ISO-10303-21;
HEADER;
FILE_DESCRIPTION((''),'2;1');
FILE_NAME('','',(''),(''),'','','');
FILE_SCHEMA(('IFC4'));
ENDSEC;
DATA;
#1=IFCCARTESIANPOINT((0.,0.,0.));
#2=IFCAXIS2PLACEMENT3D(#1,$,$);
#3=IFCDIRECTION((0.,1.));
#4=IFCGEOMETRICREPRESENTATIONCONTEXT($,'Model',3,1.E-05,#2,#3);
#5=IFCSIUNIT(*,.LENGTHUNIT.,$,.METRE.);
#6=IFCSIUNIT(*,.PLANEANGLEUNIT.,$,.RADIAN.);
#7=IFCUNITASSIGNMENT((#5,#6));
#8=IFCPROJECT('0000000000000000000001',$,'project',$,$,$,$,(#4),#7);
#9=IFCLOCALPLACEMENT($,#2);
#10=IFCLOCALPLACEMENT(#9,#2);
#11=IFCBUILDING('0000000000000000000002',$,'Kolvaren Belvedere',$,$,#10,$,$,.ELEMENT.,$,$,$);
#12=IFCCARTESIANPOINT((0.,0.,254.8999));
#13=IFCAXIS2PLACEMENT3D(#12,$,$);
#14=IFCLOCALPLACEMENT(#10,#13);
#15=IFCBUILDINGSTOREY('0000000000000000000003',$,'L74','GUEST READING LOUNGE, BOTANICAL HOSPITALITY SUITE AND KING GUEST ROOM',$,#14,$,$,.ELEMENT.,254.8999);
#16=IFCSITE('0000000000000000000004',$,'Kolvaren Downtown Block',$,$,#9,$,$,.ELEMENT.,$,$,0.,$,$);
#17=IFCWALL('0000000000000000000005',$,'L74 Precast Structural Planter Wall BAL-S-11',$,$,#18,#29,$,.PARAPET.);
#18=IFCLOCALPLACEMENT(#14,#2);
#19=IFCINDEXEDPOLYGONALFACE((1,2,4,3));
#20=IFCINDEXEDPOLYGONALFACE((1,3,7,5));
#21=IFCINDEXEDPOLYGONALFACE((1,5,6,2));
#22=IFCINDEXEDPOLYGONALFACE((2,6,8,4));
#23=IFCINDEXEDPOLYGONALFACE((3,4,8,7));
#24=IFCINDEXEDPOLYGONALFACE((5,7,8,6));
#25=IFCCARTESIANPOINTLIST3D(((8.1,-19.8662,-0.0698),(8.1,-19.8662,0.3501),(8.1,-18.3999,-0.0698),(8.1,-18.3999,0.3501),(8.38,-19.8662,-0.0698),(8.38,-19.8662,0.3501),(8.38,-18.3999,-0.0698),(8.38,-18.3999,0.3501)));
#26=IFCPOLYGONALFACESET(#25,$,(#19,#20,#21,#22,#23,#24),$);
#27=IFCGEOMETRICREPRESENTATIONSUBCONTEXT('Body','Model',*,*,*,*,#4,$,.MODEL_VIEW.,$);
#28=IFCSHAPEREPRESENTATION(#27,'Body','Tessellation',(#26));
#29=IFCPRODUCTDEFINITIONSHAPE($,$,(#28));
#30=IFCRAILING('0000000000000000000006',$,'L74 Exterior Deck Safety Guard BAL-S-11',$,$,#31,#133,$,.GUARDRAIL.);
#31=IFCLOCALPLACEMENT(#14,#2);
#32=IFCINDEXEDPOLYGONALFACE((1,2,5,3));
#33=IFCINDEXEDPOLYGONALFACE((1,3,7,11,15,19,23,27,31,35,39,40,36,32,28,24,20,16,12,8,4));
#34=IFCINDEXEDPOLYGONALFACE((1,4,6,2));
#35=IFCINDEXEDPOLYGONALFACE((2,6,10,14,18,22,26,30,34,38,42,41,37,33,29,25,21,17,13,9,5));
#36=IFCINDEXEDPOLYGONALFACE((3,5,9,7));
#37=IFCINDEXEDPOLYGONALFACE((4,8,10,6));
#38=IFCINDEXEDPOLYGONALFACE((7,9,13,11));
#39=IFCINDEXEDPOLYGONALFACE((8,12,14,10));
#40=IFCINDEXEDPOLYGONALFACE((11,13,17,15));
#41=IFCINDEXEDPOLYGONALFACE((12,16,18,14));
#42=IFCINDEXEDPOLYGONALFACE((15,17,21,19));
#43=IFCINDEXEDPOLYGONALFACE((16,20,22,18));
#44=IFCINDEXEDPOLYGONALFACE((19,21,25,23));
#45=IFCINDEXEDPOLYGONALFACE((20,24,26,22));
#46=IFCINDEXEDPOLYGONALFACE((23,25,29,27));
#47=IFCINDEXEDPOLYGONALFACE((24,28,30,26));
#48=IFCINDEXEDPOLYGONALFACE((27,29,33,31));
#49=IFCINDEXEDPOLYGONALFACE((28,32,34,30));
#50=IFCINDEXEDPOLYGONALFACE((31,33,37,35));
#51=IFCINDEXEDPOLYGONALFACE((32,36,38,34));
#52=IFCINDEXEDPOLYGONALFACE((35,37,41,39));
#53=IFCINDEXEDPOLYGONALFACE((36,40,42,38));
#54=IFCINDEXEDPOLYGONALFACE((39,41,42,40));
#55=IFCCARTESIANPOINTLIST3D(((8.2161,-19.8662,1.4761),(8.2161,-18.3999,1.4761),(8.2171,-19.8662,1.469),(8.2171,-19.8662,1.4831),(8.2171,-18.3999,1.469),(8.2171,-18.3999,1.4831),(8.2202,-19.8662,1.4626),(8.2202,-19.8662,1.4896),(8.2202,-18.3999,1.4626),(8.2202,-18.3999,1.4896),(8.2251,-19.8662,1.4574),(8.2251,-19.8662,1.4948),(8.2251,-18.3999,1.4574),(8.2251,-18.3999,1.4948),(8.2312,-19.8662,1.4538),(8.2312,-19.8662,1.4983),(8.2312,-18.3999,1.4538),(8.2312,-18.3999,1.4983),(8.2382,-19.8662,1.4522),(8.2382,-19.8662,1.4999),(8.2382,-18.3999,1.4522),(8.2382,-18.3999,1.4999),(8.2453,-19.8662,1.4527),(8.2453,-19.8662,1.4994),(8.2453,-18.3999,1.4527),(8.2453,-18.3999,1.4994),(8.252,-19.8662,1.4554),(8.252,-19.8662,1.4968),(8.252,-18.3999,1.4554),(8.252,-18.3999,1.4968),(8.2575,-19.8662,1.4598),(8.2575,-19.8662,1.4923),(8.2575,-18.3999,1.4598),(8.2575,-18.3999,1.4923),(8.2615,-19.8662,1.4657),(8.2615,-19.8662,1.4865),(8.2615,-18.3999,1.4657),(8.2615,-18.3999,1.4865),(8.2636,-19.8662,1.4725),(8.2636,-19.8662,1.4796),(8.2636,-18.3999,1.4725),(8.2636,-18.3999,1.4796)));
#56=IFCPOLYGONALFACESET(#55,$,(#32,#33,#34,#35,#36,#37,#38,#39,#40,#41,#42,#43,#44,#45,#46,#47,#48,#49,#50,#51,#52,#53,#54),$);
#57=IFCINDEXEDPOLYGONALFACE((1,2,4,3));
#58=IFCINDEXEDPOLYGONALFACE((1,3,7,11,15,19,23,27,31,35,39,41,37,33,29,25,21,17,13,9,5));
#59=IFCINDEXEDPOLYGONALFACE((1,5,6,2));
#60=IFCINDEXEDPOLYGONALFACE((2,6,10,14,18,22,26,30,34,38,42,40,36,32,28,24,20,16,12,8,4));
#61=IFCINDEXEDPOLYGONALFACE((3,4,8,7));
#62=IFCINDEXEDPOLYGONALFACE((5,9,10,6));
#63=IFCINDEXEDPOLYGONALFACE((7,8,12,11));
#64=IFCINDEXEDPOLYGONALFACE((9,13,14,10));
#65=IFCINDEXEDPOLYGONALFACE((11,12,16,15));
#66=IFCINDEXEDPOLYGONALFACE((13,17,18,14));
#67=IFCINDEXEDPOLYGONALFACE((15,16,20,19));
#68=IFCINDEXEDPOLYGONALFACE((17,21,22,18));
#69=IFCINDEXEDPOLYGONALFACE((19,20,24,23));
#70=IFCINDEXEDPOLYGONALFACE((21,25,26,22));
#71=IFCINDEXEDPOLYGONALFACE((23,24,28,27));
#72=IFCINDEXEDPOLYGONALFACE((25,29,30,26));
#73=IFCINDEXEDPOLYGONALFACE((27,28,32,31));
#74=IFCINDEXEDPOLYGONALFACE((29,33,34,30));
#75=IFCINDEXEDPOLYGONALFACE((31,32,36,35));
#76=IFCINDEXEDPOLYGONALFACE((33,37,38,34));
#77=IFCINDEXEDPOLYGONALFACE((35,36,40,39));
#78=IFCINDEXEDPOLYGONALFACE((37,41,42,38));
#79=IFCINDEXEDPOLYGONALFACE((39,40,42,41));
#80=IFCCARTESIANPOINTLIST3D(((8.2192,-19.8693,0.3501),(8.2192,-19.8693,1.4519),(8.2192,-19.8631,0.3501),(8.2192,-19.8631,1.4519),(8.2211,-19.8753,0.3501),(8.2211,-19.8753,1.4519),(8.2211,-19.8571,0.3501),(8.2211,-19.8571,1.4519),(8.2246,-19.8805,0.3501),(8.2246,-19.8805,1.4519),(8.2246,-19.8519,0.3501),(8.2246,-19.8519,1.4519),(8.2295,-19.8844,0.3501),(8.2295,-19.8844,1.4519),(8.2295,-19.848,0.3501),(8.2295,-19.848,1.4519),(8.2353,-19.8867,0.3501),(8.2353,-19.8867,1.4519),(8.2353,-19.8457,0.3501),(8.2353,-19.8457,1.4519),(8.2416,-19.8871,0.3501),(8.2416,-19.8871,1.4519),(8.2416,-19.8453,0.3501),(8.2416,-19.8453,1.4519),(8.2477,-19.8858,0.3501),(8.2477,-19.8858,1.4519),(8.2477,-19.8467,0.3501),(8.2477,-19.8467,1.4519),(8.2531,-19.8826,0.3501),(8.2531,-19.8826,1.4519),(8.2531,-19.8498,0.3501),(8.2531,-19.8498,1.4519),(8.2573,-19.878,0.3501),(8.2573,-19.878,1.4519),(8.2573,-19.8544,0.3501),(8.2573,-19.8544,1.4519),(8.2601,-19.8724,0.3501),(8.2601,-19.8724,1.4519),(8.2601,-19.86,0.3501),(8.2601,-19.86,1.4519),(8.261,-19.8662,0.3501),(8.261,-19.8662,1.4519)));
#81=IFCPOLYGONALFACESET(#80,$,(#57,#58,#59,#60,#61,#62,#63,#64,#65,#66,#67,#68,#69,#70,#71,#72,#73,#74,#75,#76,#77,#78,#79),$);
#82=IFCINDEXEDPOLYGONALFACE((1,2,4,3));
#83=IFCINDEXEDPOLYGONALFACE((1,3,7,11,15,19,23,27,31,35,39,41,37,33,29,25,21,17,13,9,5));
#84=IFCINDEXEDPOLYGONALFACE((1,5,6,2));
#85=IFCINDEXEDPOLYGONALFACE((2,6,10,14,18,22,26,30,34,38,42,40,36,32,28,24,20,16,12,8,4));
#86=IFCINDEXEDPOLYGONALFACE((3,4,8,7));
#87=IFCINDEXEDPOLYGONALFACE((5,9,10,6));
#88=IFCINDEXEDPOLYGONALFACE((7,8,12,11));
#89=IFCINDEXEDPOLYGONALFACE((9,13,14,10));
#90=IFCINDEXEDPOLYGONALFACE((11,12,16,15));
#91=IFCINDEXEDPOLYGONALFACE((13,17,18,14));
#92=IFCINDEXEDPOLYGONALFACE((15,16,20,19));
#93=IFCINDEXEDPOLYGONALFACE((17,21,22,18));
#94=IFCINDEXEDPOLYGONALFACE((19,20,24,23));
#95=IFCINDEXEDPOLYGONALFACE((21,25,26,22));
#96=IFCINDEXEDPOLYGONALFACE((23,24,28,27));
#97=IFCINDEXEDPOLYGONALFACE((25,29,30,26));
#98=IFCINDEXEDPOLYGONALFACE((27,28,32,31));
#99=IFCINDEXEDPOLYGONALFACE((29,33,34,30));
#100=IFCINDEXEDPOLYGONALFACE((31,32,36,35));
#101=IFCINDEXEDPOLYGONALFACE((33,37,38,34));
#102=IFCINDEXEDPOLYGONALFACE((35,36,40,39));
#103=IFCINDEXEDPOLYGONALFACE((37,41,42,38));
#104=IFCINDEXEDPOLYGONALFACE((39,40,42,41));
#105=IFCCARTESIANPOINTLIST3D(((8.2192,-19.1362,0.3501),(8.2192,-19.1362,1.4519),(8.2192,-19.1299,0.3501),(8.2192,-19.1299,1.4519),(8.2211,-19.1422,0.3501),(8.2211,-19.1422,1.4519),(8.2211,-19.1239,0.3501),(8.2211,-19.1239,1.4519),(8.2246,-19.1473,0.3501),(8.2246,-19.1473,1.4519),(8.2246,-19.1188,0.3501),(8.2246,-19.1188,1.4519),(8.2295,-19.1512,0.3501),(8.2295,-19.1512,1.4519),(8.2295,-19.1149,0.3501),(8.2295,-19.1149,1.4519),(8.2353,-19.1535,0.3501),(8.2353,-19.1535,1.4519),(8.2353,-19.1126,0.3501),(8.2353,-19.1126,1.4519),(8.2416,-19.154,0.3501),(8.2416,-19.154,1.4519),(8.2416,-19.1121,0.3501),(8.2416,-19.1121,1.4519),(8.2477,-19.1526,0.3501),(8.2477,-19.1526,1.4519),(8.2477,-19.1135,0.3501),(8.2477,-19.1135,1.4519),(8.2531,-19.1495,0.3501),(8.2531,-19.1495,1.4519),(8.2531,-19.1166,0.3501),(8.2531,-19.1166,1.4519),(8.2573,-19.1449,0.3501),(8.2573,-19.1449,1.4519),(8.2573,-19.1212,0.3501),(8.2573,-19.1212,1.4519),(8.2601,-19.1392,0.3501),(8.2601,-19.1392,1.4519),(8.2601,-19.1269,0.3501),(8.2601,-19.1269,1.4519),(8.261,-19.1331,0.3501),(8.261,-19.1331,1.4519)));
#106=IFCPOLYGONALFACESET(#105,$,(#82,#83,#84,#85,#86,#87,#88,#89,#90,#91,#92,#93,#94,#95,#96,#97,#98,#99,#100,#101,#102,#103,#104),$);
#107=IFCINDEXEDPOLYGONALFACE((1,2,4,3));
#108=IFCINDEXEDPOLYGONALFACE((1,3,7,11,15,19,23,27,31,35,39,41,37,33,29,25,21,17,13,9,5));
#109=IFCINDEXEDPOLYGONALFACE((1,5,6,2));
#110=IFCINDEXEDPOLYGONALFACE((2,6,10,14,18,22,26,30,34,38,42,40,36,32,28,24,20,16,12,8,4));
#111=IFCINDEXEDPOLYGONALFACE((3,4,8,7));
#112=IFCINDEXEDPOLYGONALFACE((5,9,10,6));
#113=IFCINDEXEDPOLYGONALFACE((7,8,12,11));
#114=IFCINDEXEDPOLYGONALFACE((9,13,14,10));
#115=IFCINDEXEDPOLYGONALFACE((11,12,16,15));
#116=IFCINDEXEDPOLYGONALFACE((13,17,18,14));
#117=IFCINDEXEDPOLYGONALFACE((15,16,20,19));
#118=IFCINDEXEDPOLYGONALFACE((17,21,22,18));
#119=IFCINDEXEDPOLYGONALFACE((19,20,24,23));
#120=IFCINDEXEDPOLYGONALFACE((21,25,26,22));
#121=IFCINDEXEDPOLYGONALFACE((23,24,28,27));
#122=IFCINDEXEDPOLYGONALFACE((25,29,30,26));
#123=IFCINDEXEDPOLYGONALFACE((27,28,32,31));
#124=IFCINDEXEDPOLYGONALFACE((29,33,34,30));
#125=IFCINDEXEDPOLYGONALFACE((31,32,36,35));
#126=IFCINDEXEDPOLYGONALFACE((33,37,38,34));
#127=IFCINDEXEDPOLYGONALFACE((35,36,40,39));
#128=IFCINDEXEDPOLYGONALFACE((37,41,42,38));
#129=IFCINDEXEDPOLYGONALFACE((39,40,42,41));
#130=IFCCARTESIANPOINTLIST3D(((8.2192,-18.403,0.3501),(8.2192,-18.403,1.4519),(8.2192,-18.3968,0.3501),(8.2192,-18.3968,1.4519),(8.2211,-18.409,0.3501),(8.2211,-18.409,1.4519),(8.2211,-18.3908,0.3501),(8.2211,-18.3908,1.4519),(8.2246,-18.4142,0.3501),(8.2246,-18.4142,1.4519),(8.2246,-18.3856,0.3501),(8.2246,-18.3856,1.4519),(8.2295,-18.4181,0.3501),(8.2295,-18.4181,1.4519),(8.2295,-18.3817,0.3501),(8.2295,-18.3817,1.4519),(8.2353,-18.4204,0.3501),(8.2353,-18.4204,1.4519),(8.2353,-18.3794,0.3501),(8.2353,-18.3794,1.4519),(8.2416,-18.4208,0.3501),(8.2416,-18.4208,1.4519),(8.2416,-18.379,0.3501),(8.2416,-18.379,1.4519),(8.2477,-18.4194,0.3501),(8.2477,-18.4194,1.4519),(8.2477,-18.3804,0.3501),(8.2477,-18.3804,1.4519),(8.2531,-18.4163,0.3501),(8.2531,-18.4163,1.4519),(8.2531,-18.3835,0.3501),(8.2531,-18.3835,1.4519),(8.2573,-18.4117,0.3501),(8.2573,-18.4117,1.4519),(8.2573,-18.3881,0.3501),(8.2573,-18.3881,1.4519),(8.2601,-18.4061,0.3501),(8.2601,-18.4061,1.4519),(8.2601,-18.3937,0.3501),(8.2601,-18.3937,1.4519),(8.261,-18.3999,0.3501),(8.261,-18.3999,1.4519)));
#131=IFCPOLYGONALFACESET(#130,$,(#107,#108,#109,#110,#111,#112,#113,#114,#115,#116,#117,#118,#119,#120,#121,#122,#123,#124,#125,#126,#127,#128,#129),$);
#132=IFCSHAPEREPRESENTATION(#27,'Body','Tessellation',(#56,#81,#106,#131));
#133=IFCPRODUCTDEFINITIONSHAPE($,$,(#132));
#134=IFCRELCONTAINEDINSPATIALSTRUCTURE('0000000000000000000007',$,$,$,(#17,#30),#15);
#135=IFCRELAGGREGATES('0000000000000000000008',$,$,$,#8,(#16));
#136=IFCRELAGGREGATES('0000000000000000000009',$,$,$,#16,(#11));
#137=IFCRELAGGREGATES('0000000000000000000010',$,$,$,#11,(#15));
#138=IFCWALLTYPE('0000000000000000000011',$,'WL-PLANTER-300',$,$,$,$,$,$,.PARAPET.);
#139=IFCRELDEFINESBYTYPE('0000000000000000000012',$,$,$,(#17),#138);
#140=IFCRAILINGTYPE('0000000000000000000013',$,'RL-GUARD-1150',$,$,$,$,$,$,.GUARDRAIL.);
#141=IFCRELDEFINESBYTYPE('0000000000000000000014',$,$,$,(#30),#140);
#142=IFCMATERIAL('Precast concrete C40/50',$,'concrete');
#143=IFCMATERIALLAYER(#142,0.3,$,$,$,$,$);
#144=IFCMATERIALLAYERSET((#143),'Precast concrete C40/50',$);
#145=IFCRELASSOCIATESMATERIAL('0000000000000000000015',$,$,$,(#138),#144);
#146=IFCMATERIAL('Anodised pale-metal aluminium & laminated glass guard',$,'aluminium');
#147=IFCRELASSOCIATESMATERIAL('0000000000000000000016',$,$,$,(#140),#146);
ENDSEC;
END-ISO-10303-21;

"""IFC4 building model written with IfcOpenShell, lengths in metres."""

from ifc_helpers import new_model, si_unit, direction, frame, frame_2d, origin, origin_2d, place, context, subcontext, project, spatial, rectangle, circle, extrude, material, layer, layer_set, type_object, element, save


model = new_model("IFC4")

# Units and contexts
model_context = context("Model", 3, precision=1e-05, world=origin(), true_north=direction((0.0, 1.0)))
body_context = subcontext(model_context, "Body", "Model", "MODEL_VIEW")
ifc_project = project(units=[si_unit("LENGTHUNIT", "METRE"), si_unit("PLANEANGLEUNIT", "RADIAN")], contexts=[model_context])

# Site, building, storey
site_placement = place(None, origin())
site = spatial("IfcSite", under=ifc_project, at=site_placement, Name="Kolvaren Downtown Block", CompositionType="ELEMENT", RefElevation=0.0)
building_placement = place(site_placement, origin())
building = spatial("IfcBuilding", under=site, at=building_placement, Name="Kolvaren Belvedere", CompositionType="ELEMENT")
storey_placement = place(building_placement, frame((0.0, 0.0, 254.8999)))
storey = spatial("IfcBuildingStorey", under=building, at=storey_placement, Name="L74", Description="GUEST READING LOUNGE, BOTANICAL HOSPITALITY SUITE AND KING GUEST ROOM", CompositionType="ELEMENT", Elevation=254.8999)

# Wall
ifc_material_1 = material(Name="Precast concrete C40/50", Category="concrete")
ifc_layer_1 = layer(ifc_material_1, 0.3)
ifc_layer_set_1 = layer_set([ifc_layer_1], Name="Precast concrete C40/50")
wall_type_1 = type_object("IfcWallType", Name="WL-PLANTER-300", PredefinedType="PARAPET", material=ifc_layer_set_1)
wall_1_placement = place(storey_placement, frame((8.24, -19.8662, -0.0698), z_axis=(0.0, 0.0, 1.0), x_axis=(0.0, 1.0, 0.0)))
element("IfcWall", 1, at=wall_1_placement, inside=storey, type_object=wall_type_1, Name="L74 Precast Structural Planter Wall BAL-S-11", PredefinedType="PARAPET", context=body_context, shape_type="SweptSolid", body=[
    extrude(rectangle(XDim=1.4663, YDim=0.28, at=frame_2d((0.7332, 0.0))), origin(), (0.0, 0.0, 1.0), 0.4199),
])

# Railing
ifc_material_2 = material(Name="Anodised pale-metal aluminium & laminated glass guard", Category="aluminium")
railing_type = type_object("IfcRailingType", Name="RL-GUARD-1150", PredefinedType="GUARDRAIL", material=ifc_material_2)
railing_placement = place(storey_placement, frame((8.24, -19.8662, 0.3501)))
element("IfcRailing", 2, at=railing_placement, inside=storey, type_object=railing_type, Name="L74 Exterior Deck Safety Guard BAL-S-11", PredefinedType="GUARDRAIL", context=body_context, shape_type="SweptSolid", body=[
    extrude(circle(Radius=0.0239, at=origin_2d()), frame((0.0, 0.0, 1.126), z_axis=(0.0, 1.0, 0.0), x_axis=(-1.0, 0.0, 0.0)), (0.0, 0.0, 1.0), 1.4663),
    extrude(circle(Radius=0.021, at=origin_2d()), origin(), (0.0, 0.0, 1.0), 1.1018),
    extrude(circle(Radius=0.021, at=origin_2d()), frame((0.0, 0.7332, 0.0)), (0.0, 0.0, 1.0), 1.1018),
    extrude(circle(Radius=0.021, at=origin_2d()), frame((0.0, 1.4663, 0.0)), (0.0, 0.0, 1.0), 1.1018),
])

save(model, "model.ifc")
